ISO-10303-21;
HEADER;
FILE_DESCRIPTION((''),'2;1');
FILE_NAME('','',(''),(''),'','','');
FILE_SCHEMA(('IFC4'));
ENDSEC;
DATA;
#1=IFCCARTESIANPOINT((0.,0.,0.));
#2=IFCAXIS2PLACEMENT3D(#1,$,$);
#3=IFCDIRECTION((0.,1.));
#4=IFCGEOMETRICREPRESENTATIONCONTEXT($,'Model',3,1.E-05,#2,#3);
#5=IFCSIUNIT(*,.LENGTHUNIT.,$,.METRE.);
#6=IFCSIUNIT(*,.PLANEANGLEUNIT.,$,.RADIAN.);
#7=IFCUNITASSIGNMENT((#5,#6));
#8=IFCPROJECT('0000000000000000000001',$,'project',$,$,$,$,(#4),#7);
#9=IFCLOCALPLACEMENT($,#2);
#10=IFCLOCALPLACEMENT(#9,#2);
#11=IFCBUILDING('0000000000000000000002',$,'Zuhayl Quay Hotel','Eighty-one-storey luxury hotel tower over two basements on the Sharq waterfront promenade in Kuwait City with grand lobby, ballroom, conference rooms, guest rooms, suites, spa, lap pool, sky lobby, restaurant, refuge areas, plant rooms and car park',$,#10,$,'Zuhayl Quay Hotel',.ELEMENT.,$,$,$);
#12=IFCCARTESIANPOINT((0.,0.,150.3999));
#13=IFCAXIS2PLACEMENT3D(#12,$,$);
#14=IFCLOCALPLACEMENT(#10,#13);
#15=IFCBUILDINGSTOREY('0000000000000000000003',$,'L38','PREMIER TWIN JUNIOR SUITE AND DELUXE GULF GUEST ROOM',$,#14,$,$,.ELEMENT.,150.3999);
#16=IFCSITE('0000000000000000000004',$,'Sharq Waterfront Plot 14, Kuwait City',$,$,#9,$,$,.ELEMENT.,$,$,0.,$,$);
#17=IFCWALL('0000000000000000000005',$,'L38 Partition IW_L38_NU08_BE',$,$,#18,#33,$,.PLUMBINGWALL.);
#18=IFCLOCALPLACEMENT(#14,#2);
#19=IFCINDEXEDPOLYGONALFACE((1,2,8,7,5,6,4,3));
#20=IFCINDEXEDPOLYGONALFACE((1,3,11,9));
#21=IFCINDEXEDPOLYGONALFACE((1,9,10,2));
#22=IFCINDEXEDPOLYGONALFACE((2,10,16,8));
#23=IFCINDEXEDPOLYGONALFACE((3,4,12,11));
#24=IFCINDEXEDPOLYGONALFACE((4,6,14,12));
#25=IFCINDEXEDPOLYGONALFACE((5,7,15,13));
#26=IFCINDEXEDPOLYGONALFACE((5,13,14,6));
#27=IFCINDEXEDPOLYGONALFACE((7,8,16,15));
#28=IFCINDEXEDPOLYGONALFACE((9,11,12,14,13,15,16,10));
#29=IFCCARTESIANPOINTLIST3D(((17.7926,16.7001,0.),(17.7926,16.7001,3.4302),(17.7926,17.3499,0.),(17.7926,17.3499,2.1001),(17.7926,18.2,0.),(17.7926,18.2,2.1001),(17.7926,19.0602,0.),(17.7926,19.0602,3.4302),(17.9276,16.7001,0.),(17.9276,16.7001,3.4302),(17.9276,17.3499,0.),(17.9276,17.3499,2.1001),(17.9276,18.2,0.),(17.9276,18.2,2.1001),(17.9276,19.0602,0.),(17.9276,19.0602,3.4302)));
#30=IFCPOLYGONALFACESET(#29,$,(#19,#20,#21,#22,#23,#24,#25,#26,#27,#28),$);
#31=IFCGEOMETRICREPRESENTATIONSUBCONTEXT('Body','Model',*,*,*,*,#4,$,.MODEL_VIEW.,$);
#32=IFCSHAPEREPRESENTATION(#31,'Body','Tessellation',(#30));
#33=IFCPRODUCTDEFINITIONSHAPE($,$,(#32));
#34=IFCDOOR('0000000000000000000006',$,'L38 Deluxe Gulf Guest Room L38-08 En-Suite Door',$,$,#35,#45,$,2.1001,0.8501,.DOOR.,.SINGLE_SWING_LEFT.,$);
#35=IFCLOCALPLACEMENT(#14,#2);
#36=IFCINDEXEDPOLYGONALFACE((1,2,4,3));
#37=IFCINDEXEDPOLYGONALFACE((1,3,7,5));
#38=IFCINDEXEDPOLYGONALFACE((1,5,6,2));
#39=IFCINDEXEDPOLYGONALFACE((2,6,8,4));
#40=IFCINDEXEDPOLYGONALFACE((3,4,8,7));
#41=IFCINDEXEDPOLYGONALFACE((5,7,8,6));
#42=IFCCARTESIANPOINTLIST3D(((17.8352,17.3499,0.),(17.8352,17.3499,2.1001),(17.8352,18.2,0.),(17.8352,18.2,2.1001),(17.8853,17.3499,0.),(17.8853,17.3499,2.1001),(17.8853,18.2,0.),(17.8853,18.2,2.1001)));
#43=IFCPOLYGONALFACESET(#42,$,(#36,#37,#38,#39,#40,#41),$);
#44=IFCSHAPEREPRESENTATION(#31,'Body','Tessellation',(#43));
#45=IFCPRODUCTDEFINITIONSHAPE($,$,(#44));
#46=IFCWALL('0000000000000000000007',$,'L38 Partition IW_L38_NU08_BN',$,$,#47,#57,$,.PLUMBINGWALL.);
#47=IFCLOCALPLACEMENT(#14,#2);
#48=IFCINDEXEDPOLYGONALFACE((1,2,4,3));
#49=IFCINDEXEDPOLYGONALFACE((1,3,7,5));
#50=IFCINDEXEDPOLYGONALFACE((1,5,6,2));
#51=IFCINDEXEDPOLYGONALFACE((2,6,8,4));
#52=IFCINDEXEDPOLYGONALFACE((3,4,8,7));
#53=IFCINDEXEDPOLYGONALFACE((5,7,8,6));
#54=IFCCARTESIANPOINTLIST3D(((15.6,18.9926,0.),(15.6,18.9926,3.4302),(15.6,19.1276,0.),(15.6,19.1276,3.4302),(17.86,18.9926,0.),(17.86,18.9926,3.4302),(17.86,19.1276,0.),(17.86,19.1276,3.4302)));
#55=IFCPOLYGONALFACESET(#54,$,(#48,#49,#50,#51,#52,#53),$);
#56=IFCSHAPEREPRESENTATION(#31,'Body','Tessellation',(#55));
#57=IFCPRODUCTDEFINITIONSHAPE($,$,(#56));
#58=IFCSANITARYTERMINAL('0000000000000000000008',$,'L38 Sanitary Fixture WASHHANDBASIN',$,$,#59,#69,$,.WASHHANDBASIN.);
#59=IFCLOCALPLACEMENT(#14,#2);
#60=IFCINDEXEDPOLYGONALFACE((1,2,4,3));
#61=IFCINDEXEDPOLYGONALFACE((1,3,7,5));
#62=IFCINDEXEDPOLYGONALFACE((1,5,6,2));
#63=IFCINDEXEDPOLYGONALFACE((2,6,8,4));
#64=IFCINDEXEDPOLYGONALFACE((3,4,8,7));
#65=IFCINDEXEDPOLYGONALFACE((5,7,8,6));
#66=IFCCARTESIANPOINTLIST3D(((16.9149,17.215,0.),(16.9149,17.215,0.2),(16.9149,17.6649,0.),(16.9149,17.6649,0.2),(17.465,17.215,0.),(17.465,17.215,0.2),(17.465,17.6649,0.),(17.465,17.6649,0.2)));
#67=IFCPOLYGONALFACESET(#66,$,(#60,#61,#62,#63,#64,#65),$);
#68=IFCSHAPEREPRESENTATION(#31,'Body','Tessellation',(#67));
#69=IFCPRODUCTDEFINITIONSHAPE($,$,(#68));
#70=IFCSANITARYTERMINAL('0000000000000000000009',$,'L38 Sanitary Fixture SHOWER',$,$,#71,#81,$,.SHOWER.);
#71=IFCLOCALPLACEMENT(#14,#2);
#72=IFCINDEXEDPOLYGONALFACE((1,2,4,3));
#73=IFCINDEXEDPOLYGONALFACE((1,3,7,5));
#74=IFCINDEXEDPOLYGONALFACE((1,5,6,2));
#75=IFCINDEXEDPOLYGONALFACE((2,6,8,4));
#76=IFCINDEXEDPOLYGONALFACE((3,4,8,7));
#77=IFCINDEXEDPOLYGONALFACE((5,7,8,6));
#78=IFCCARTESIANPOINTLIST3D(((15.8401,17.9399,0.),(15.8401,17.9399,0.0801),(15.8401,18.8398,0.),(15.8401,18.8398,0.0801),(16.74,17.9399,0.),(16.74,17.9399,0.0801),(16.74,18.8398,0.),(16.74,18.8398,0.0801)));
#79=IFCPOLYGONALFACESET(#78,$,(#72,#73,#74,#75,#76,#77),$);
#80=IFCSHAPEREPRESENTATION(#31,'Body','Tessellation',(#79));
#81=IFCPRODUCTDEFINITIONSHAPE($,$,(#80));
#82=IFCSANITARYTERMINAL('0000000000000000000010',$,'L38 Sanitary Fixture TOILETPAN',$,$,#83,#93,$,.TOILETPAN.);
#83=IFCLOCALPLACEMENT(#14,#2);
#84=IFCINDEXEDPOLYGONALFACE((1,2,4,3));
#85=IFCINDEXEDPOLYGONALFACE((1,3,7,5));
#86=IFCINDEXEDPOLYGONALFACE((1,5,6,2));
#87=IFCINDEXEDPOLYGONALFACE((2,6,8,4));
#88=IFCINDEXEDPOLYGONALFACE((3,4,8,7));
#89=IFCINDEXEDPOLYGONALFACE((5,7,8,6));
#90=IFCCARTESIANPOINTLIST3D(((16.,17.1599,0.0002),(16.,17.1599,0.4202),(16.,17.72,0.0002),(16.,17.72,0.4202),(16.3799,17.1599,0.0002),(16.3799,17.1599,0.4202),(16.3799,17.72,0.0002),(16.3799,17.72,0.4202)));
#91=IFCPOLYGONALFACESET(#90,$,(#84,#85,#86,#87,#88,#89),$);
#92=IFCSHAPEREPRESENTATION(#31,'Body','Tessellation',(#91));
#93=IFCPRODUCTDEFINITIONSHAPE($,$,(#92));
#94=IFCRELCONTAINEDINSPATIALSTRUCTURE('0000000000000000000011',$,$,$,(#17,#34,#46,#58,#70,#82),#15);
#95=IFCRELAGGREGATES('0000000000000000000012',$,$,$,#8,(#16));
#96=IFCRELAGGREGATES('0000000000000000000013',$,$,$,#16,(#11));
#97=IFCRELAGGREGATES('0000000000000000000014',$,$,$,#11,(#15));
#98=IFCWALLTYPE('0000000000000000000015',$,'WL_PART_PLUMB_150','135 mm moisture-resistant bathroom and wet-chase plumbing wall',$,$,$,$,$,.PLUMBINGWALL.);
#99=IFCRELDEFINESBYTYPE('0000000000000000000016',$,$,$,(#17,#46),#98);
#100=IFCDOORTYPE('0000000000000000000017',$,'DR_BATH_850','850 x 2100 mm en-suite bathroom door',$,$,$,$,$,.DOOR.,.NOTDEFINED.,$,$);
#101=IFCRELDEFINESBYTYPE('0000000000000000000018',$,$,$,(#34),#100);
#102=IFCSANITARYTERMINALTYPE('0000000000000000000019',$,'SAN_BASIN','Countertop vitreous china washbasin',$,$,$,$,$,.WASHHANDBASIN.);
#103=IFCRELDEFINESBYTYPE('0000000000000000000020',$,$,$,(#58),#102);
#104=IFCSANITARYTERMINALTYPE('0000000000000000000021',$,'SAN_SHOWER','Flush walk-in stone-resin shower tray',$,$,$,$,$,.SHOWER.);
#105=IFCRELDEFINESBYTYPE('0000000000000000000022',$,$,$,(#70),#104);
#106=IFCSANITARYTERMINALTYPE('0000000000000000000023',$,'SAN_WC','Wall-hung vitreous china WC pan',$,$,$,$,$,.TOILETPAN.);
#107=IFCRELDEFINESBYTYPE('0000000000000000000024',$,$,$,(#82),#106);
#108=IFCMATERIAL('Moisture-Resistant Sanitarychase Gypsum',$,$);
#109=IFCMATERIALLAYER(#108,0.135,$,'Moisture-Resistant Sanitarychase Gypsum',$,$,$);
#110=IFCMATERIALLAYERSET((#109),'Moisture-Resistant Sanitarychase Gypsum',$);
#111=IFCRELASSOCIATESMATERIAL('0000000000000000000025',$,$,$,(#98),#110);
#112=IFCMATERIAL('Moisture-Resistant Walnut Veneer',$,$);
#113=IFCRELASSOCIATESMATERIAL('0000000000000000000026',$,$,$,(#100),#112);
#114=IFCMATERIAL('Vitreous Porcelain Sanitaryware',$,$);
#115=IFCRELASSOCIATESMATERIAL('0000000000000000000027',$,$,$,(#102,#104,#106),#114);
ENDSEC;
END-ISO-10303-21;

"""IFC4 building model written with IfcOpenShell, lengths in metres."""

from ifc_helpers import new_model, si_unit, direction, frame, frame_2d, origin, origin_2d, place, context, subcontext, project, spatial, rectangle, extrude, material, layer, layer_set, type_object, element, fill, save


model = new_model("IFC4")

# Units and contexts
model_context = context("Model", 3, precision=1e-05, world=origin(), true_north=direction((0.0, 1.0)))
body_context = subcontext(model_context, "Body", "Model", "MODEL_VIEW")
ifc_project = project(units=[si_unit("LENGTHUNIT", "METRE"), si_unit("PLANEANGLEUNIT", "RADIAN")], contexts=[model_context])

# Site, building, storey
site_placement = place(None, origin())
site = spatial("IfcSite", under=ifc_project, at=site_placement, Name="Sharq Waterfront Plot 14, Kuwait City", CompositionType="ELEMENT", RefElevation=0.0)
building_placement = place(site_placement, origin())
building = spatial("IfcBuilding", under=site, at=building_placement, Name="Zuhayl Quay Hotel", Description="Eighty-one-storey luxury hotel tower over two basements on the Sharq waterfront promenade in Kuwait City with grand lobby, ballroom, conference rooms, guest rooms, suites, spa, lap pool, sky lobby, restaurant, refuge areas, plant rooms and car park", LongName="Zuhayl Quay Hotel", CompositionType="ELEMENT")
storey_placement = place(building_placement, frame((0.0, 0.0, 150.3999)))
storey = spatial("IfcBuildingStorey", under=building, at=storey_placement, Name="L38", Description="PREMIER TWIN JUNIOR SUITE AND DELUXE GULF GUEST ROOM", CompositionType="ELEMENT", Elevation=150.3999)

# Wall, opening, door
ifc_material_1 = material(Name="Moisture-Resistant Sanitarychase Gypsum")
ifc_layer_1 = layer(ifc_material_1, 0.135, Name="Moisture-Resistant Sanitarychase Gypsum")
ifc_layer_set_1 = layer_set([ifc_layer_1], Name="Moisture-Resistant Sanitarychase Gypsum")
wall_type_1 = type_object("IfcWallType", Name="WL_PART_PLUMB_150", Description="135 mm moisture-resistant bathroom and wet-chase plumbing wall", PredefinedType="PLUMBINGWALL", material=ifc_layer_set_1)
wall_1_placement = place(storey_placement, frame((17.8601, 16.7, 0.0), z_axis=(0.0, 0.0, 1.0), x_axis=(0.0, 1.0, 0.0)))
wall_1 = element("IfcWall", 1, at=wall_1_placement, inside=storey, type_object=wall_type_1, Name="L38 Partition IW_L38_NU08_BE", PredefinedType="PLUMBINGWALL", context=body_context, shape_type="SweptSolid", body=[
    extrude(rectangle(XDim=2.3601, YDim=0.135, at=frame_2d((1.1802, 0.0))), origin(), (0.0, 0.0, 1.0), 3.4302),
])
opening_1_placement = place(wall_1_placement, frame((0.6499, 0.0, 0.0)))
opening_1 = element("IfcOpeningElement", 2, at=opening_1_placement, cuts=wall_1, PredefinedType="OPENING", context=body_context, shape_type="SweptSolid", body=[
    extrude(rectangle(XDim=0.8501, YDim=2.1001, at=frame_2d((0.425, 1.05))), frame((0.0, 0.0774, 0.0), z_axis=(0.0, -1.0, 0.0), x_axis=(1.0, 0.0, 0.0)), (0.0, 0.0, 1.0), 0.155),
])
ifc_material_2 = material(Name="Moisture-Resistant Walnut Veneer")
door_type = type_object("IfcDoorType", Name="DR_BATH_850", Description="850 x 2100 mm en-suite bathroom door", OperationType="NOTDEFINED", PredefinedType="DOOR", material=ifc_material_2)
door_placement = place(opening_1_placement, origin())
door = element("IfcDoor", 3, at=door_placement, inside=storey, type_object=door_type, Name="L38 Deluxe Gulf Guest Room L38-08 En-Suite Door", OperationType="SINGLE_SWING_LEFT", OverallHeight=2.1001, OverallWidth=0.8501, PredefinedType="DOOR", context=body_context, shape_type="SweptSolid", body=[
    extrude(rectangle(XDim=0.8501, YDim=2.1001, at=frame_2d((0.425, 1.05))), frame((0.0, 0.0249, 0.0), z_axis=(0.0, -1.0, 0.0), x_axis=(1.0, 0.0, 0.0)), (0.0, 0.0, 1.0), 0.05),
])
fill(opening_1, door)

# Wall
wall_2_placement = place(storey_placement, frame((15.6001, 19.0601, 0.0), z_axis=(0.0, 0.0, 1.0), x_axis=(1.0, 0.0, 0.0)))
element("IfcWall", 4, at=wall_2_placement, inside=storey, type_object=wall_type_1, Name="L38 Partition IW_L38_NU08_BN", PredefinedType="PLUMBINGWALL", context=body_context, shape_type="SweptSolid", body=[
    extrude(rectangle(XDim=2.26, YDim=0.135, at=frame_2d((1.1299, 0.0))), origin(), (0.0, 0.0, 1.0), 3.4302),
])

# Sanitary terminals
ifc_material_3 = material(Name="Vitreous Porcelain Sanitaryware")
sanitary_terminal_type_1 = type_object("IfcSanitaryTerminalType", Name="SAN_BASIN", Description="Countertop vitreous china washbasin", PredefinedType="WASHHANDBASIN", material=ifc_material_3)
sanitary_terminal_1_placement = place(storey_placement, frame((17.1899, 17.4399, 0.0), z_axis=(0.0, 0.0, 1.0), x_axis=(1.0, 0.0, 0.0)))
element("IfcSanitaryTerminal", 5, at=sanitary_terminal_1_placement, inside=storey, type_object=sanitary_terminal_type_1, Name="L38 Sanitary Fixture WASHHANDBASIN", PredefinedType="WASHHANDBASIN", context=body_context, shape_type="SweptSolid", body=[
    extrude(rectangle(XDim=0.55, YDim=0.45, at=origin_2d()), origin(), (0.0, 0.0, 1.0), 0.2),
])
sanitary_terminal_type_2 = type_object("IfcSanitaryTerminalType", Name="SAN_SHOWER", Description="Flush walk-in stone-resin shower tray", PredefinedType="SHOWER", material=ifc_material_3)
sanitary_terminal_2_placement = place(storey_placement, frame((16.29, 18.3899, 0.0), z_axis=(0.0, 0.0, 1.0), x_axis=(1.0, 0.0, 0.0)))
element("IfcSanitaryTerminal", 6, at=sanitary_terminal_2_placement, inside=storey, type_object=sanitary_terminal_type_2, Name="L38 Sanitary Fixture SHOWER", PredefinedType="SHOWER", context=body_context, shape_type="SweptSolid", body=[
    extrude(rectangle(XDim=0.8999, YDim=0.8999, at=origin_2d()), origin(), (0.0, 0.0, 1.0), 0.0801),
])
sanitary_terminal_type_3 = type_object("IfcSanitaryTerminalType", Name="SAN_WC", Description="Wall-hung vitreous china WC pan", PredefinedType="TOILETPAN", material=ifc_material_3)
sanitary_terminal_3_placement = place(storey_placement, frame((16.1899, 17.4399, 0.0002), z_axis=(0.0, 0.0, 1.0), x_axis=(1.0, 0.0, 0.0)))
element("IfcSanitaryTerminal", 7, at=sanitary_terminal_3_placement, inside=storey, type_object=sanitary_terminal_type_3, Name="L38 Sanitary Fixture TOILETPAN", PredefinedType="TOILETPAN", context=body_context, shape_type="SweptSolid", body=[
    extrude(rectangle(XDim=0.3799, YDim=0.5601, at=origin_2d()), origin(), (0.0, 0.0, 1.0), 0.4199),
])

save(model, "model.ifc")
